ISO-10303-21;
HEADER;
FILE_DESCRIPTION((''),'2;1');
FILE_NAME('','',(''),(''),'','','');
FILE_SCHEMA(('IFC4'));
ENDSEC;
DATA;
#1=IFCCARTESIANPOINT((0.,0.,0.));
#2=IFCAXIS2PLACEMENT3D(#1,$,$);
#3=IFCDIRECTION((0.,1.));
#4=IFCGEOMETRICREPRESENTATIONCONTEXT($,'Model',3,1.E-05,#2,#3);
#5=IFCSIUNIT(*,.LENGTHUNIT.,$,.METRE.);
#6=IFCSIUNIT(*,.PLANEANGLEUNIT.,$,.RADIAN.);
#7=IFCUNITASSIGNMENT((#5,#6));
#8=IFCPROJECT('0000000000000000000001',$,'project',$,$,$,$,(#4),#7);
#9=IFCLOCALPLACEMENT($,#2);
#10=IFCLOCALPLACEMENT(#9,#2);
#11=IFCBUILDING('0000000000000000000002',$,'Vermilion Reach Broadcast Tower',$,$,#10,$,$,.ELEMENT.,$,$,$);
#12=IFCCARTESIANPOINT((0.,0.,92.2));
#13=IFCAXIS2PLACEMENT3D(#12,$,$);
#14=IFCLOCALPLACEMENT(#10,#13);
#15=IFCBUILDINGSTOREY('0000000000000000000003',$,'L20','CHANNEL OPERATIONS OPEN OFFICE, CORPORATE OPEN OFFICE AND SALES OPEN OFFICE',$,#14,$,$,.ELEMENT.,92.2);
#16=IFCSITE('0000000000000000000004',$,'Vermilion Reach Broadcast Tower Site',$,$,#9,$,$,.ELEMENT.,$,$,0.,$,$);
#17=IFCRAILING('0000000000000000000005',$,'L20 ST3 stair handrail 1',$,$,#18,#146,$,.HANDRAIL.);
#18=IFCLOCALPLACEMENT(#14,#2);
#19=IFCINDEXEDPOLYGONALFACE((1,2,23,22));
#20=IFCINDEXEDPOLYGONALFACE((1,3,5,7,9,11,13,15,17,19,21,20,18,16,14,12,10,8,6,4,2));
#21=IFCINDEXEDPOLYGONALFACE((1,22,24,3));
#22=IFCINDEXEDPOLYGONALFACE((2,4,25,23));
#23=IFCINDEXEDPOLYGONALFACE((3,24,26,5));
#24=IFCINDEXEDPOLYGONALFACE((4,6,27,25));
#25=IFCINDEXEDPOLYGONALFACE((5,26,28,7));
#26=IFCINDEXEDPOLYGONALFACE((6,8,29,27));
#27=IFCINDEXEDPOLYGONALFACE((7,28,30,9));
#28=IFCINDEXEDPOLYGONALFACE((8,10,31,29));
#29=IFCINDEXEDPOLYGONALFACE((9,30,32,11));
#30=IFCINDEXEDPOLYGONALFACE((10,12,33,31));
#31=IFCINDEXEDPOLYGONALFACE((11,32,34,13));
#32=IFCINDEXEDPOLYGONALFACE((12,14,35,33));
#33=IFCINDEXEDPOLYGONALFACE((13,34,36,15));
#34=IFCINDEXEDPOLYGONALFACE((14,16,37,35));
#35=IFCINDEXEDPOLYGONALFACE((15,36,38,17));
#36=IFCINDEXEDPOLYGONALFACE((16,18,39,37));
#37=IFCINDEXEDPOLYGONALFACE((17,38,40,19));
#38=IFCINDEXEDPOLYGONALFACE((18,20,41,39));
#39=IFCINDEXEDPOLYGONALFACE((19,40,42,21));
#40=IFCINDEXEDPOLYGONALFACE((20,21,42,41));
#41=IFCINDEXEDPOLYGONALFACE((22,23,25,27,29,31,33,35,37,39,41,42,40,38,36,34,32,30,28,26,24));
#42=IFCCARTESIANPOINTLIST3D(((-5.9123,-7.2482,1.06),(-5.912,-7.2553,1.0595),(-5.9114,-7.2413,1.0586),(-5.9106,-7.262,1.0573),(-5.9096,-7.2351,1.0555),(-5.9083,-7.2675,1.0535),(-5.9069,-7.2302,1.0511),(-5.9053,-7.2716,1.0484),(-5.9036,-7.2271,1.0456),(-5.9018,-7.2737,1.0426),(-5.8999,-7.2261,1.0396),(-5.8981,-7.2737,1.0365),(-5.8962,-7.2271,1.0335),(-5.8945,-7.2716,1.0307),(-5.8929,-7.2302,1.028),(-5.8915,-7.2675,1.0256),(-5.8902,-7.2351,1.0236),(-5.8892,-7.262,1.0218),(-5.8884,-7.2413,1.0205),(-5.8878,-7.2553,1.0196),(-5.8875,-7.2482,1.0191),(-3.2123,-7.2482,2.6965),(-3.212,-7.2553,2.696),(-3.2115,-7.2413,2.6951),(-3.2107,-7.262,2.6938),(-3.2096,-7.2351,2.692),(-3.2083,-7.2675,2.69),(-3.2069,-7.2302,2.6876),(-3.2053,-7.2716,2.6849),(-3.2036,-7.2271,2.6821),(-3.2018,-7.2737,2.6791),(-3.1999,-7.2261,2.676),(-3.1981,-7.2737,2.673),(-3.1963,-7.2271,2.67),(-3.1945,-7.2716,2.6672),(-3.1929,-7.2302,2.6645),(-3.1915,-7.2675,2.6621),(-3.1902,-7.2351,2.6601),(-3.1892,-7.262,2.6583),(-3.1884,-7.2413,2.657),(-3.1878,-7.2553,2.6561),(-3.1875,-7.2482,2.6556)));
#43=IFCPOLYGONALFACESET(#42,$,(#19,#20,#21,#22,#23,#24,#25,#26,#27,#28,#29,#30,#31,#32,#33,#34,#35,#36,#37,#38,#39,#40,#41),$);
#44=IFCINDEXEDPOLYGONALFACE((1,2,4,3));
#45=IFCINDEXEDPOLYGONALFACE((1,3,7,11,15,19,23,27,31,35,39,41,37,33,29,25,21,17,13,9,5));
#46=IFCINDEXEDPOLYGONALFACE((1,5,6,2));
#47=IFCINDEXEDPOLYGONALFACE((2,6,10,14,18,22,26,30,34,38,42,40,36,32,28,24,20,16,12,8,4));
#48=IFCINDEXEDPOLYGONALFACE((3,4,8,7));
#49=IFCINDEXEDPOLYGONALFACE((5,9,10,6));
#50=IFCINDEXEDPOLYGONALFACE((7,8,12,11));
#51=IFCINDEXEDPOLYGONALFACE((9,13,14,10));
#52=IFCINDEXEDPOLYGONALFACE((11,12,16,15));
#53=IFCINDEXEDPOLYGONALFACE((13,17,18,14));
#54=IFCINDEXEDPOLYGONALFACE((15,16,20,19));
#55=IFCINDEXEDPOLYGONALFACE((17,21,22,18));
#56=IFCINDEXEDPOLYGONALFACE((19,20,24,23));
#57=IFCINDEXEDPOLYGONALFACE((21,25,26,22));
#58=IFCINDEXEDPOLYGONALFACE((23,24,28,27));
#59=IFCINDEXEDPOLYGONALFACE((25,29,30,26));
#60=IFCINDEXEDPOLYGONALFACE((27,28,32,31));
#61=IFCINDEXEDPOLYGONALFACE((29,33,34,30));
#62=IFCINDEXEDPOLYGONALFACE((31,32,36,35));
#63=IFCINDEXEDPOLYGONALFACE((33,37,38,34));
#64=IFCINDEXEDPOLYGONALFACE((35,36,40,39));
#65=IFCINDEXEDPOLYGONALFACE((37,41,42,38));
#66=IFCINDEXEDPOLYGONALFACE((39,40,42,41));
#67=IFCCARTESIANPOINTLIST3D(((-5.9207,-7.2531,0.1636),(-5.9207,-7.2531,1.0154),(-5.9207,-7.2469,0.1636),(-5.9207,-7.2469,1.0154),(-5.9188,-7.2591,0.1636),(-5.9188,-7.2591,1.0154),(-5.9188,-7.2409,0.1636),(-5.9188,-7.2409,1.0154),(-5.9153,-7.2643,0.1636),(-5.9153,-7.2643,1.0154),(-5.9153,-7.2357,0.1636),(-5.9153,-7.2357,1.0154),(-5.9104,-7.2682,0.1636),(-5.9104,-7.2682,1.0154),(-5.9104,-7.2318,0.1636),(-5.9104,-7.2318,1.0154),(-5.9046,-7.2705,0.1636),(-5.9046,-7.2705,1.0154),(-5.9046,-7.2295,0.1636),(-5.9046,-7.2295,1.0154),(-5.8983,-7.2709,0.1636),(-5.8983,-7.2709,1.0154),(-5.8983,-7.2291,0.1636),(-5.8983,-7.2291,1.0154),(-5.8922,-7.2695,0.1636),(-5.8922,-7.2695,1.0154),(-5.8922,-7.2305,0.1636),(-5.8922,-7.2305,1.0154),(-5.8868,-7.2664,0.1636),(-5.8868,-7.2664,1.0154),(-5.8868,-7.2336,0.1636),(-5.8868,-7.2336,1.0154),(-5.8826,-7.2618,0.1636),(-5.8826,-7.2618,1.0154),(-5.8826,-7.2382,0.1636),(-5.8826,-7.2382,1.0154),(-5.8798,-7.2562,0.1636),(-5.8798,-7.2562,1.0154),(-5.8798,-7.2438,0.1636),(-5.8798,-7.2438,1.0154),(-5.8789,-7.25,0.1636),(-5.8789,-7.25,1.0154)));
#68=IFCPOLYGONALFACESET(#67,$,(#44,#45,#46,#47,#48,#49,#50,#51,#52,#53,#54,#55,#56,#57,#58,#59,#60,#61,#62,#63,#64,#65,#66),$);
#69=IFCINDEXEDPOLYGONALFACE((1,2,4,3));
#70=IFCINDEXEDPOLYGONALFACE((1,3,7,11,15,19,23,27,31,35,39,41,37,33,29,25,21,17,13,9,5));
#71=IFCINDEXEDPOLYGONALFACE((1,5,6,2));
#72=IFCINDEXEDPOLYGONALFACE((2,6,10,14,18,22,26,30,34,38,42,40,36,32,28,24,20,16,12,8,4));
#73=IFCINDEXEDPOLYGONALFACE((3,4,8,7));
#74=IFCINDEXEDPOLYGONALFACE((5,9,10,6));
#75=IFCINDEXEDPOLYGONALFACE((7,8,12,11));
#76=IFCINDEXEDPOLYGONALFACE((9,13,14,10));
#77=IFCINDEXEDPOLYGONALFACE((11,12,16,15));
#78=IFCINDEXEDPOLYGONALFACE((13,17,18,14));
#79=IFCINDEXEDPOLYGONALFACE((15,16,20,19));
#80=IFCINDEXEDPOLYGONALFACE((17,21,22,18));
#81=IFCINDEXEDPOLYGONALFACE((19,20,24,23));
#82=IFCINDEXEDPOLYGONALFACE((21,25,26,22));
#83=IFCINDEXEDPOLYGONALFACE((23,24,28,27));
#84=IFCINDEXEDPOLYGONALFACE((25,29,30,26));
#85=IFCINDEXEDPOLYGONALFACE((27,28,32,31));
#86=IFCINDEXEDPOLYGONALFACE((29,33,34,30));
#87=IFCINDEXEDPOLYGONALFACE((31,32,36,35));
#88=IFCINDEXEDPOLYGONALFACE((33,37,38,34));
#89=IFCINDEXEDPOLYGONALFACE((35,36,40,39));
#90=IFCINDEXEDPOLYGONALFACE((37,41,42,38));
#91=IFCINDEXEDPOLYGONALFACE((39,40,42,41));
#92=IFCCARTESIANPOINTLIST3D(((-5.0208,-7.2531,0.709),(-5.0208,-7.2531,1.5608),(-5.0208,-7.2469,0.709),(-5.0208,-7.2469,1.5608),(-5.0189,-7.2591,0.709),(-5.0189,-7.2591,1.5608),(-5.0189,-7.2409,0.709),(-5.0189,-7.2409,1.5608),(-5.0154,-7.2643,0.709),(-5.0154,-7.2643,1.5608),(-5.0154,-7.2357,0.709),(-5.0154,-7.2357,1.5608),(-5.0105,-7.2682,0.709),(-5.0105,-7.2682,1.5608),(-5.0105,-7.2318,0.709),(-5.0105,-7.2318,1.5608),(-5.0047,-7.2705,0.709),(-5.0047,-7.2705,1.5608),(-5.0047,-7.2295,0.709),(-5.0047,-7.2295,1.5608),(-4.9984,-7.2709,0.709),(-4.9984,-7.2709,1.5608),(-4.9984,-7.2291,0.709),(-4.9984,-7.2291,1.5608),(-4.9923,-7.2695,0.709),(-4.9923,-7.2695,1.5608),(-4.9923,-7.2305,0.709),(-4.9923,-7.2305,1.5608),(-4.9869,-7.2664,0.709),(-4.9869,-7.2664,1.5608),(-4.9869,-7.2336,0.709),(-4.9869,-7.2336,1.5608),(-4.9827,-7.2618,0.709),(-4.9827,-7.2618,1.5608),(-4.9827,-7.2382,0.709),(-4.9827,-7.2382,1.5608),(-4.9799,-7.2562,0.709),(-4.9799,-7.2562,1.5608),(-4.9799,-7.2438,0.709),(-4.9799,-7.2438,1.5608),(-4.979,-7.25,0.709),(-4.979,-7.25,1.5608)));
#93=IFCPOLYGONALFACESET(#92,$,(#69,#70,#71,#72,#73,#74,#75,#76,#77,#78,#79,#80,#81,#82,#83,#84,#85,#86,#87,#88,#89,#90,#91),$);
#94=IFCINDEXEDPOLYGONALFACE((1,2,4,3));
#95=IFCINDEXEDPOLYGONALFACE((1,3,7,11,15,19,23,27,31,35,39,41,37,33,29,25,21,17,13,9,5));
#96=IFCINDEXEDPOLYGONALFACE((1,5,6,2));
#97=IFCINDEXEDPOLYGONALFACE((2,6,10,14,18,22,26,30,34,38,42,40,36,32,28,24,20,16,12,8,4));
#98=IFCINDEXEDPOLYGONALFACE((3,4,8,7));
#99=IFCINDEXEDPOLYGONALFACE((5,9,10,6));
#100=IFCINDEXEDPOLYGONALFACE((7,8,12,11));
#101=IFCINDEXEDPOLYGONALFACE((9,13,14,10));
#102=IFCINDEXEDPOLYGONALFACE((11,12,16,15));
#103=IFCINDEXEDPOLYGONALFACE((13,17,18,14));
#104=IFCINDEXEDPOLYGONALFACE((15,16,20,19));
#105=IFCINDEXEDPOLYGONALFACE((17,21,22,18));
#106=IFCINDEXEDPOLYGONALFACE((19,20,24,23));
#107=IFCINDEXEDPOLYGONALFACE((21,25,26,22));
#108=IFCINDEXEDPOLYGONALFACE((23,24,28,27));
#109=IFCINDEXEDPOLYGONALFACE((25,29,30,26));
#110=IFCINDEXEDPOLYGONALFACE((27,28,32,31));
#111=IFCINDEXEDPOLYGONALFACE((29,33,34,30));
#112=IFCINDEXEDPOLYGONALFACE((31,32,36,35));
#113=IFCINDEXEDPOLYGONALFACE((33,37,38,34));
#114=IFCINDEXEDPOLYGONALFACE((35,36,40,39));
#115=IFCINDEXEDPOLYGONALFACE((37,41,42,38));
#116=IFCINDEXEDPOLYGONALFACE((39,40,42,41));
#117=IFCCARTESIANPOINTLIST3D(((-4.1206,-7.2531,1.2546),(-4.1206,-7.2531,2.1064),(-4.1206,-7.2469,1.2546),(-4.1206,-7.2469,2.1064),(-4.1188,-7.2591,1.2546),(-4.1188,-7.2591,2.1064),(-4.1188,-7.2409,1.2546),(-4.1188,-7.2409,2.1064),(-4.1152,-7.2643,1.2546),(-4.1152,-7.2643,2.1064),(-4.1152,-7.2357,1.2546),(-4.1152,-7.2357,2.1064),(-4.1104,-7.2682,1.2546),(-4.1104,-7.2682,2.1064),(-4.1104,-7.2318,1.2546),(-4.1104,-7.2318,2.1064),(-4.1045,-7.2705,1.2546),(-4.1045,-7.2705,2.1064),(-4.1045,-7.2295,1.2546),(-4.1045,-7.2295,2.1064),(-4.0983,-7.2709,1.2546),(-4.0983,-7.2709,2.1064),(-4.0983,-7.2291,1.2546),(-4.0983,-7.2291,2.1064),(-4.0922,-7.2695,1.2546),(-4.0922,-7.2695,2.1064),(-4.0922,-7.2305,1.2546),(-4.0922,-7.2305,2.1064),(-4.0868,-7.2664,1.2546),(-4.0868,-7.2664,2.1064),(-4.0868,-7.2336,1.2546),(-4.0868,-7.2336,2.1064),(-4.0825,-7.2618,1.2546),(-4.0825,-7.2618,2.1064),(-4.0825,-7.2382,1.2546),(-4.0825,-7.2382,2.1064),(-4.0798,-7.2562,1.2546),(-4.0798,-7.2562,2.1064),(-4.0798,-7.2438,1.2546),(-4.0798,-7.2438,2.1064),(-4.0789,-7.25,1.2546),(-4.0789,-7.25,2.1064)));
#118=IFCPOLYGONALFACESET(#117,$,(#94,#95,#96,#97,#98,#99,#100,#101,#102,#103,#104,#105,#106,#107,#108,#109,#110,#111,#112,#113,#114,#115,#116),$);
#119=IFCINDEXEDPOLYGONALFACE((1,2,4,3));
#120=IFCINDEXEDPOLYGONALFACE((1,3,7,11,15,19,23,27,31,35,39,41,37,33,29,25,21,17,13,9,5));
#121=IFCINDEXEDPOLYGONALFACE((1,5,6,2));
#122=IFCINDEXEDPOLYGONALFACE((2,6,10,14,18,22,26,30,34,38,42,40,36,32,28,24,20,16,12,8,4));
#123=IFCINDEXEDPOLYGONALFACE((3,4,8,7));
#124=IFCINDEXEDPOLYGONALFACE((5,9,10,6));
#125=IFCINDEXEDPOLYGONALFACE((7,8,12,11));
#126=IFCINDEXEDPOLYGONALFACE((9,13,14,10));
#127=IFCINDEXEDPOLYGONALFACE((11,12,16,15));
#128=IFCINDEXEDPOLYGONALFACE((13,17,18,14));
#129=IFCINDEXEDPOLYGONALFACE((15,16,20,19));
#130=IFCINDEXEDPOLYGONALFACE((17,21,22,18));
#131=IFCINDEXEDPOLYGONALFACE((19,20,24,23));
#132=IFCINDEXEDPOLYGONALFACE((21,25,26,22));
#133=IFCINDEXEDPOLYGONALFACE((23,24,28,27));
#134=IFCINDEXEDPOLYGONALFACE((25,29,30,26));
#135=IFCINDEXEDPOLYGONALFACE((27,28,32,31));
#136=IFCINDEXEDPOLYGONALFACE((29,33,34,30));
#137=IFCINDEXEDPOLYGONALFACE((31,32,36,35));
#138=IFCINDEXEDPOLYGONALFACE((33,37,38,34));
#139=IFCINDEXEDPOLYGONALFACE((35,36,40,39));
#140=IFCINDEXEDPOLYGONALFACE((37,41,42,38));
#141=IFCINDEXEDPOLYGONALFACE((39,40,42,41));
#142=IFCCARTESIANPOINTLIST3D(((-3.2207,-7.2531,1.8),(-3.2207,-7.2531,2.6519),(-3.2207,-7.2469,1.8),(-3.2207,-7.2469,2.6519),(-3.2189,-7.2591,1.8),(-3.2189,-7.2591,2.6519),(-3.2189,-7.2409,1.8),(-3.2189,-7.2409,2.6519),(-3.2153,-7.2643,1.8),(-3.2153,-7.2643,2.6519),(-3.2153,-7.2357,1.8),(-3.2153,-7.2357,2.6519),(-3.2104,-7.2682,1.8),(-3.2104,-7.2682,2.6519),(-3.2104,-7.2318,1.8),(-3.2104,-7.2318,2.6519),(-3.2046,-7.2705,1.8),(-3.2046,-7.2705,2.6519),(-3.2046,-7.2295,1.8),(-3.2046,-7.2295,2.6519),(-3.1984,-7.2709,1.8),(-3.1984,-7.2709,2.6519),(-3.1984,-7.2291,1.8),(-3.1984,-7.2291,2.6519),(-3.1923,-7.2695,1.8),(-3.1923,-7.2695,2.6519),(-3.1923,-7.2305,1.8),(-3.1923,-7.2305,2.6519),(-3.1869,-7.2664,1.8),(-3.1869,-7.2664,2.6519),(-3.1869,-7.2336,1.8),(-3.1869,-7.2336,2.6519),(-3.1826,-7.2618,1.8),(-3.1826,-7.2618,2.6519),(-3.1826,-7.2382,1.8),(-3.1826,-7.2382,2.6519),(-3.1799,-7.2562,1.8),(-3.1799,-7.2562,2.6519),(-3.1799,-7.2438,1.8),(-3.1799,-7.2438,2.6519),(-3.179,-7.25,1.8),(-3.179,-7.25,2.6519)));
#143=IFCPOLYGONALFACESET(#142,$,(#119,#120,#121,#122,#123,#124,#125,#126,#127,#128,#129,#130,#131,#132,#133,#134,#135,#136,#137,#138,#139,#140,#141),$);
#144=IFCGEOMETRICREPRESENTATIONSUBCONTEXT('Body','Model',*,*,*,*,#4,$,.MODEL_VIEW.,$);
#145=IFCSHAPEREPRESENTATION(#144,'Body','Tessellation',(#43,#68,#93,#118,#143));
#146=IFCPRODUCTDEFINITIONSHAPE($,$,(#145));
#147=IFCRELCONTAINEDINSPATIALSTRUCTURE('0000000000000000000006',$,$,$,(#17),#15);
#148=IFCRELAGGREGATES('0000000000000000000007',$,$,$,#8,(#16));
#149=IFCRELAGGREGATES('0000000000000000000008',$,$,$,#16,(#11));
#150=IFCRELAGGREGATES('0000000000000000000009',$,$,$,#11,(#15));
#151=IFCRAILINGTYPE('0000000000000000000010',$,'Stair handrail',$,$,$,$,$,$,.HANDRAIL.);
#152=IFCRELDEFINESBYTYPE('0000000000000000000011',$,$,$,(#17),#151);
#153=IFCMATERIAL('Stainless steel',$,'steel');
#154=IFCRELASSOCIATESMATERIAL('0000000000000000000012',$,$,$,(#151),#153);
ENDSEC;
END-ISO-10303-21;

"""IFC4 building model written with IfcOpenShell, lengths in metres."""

from ifc_helpers import new_model, si_unit, direction, frame, origin, origin_2d, place, context, subcontext, project, spatial, circle, extrude, material, type_object, element, save


model = new_model("IFC4")

# Units and contexts
model_context = context("Model", 3, precision=1e-05, world=origin(), true_north=direction((0.0, 1.0)))
body_context = subcontext(model_context, "Body", "Model", "MODEL_VIEW")
ifc_project = project(units=[si_unit("LENGTHUNIT", "METRE"), si_unit("PLANEANGLEUNIT", "RADIAN")], contexts=[model_context])

# Site, building, storey
site_placement = place(None, origin())
site = spatial("IfcSite", under=ifc_project, at=site_placement, Name="Vermilion Reach Broadcast Tower Site", CompositionType="ELEMENT", RefElevation=0.0)
building_placement = place(site_placement, origin())
building = spatial("IfcBuilding", under=site, at=building_placement, Name="Vermilion Reach Broadcast Tower", CompositionType="ELEMENT")
storey_placement = place(building_placement, frame((0.0, 0.0, 92.2)))
storey = spatial("IfcBuildingStorey", under=building, at=storey_placement, Name="L20", Description="CHANNEL OPERATIONS OPEN OFFICE, CORPORATE OPEN OFFICE AND SALES OPEN OFFICE", CompositionType="ELEMENT", Elevation=92.2)

# Railing
ifc_material_1 = material(Name="Stainless steel", Category="steel")
railing_type_1 = type_object("IfcRailingType", Name="Stair handrail", PredefinedType="HANDRAIL", material=ifc_material_1)
railing_1_placement = place(storey_placement, frame((-5.8999, -7.25, 0.1636)))
element("IfcRailing", 1, at=railing_1_placement, inside=storey, type_object=railing_type_1, Name="L20 ST3 stair handrail 1", PredefinedType="HANDRAIL", context=body_context, shape_type="SweptSolid", body=[
    extrude(circle(Radius=0.0239, at=origin_2d()), frame((0.0, 0.0, 0.876), z_axis=(0.855178, 0.0, 0.518334), x_axis=(0.0, 1.0, 0.0)), (0.0, 0.0, 1.0), 3.1572),
    extrude(circle(Radius=0.021, at=origin_2d()), origin(), (0.0, 0.0, 1.0), 0.8518),
    extrude(circle(Radius=0.021, at=origin_2d()), frame((0.8999, 0.0, 0.5454)), (0.0, 0.0, 1.0), 0.8518),
    extrude(circle(Radius=0.021, at=origin_2d()), frame((1.8, 0.0, 1.0911)), (0.0, 0.0, 1.0), 0.8518),
    extrude(circle(Radius=0.021, at=origin_2d()), frame((2.7, 0.0, 1.6365)), (0.0, 0.0, 1.0), 0.8518),
])

save(model, "model.ifc")
